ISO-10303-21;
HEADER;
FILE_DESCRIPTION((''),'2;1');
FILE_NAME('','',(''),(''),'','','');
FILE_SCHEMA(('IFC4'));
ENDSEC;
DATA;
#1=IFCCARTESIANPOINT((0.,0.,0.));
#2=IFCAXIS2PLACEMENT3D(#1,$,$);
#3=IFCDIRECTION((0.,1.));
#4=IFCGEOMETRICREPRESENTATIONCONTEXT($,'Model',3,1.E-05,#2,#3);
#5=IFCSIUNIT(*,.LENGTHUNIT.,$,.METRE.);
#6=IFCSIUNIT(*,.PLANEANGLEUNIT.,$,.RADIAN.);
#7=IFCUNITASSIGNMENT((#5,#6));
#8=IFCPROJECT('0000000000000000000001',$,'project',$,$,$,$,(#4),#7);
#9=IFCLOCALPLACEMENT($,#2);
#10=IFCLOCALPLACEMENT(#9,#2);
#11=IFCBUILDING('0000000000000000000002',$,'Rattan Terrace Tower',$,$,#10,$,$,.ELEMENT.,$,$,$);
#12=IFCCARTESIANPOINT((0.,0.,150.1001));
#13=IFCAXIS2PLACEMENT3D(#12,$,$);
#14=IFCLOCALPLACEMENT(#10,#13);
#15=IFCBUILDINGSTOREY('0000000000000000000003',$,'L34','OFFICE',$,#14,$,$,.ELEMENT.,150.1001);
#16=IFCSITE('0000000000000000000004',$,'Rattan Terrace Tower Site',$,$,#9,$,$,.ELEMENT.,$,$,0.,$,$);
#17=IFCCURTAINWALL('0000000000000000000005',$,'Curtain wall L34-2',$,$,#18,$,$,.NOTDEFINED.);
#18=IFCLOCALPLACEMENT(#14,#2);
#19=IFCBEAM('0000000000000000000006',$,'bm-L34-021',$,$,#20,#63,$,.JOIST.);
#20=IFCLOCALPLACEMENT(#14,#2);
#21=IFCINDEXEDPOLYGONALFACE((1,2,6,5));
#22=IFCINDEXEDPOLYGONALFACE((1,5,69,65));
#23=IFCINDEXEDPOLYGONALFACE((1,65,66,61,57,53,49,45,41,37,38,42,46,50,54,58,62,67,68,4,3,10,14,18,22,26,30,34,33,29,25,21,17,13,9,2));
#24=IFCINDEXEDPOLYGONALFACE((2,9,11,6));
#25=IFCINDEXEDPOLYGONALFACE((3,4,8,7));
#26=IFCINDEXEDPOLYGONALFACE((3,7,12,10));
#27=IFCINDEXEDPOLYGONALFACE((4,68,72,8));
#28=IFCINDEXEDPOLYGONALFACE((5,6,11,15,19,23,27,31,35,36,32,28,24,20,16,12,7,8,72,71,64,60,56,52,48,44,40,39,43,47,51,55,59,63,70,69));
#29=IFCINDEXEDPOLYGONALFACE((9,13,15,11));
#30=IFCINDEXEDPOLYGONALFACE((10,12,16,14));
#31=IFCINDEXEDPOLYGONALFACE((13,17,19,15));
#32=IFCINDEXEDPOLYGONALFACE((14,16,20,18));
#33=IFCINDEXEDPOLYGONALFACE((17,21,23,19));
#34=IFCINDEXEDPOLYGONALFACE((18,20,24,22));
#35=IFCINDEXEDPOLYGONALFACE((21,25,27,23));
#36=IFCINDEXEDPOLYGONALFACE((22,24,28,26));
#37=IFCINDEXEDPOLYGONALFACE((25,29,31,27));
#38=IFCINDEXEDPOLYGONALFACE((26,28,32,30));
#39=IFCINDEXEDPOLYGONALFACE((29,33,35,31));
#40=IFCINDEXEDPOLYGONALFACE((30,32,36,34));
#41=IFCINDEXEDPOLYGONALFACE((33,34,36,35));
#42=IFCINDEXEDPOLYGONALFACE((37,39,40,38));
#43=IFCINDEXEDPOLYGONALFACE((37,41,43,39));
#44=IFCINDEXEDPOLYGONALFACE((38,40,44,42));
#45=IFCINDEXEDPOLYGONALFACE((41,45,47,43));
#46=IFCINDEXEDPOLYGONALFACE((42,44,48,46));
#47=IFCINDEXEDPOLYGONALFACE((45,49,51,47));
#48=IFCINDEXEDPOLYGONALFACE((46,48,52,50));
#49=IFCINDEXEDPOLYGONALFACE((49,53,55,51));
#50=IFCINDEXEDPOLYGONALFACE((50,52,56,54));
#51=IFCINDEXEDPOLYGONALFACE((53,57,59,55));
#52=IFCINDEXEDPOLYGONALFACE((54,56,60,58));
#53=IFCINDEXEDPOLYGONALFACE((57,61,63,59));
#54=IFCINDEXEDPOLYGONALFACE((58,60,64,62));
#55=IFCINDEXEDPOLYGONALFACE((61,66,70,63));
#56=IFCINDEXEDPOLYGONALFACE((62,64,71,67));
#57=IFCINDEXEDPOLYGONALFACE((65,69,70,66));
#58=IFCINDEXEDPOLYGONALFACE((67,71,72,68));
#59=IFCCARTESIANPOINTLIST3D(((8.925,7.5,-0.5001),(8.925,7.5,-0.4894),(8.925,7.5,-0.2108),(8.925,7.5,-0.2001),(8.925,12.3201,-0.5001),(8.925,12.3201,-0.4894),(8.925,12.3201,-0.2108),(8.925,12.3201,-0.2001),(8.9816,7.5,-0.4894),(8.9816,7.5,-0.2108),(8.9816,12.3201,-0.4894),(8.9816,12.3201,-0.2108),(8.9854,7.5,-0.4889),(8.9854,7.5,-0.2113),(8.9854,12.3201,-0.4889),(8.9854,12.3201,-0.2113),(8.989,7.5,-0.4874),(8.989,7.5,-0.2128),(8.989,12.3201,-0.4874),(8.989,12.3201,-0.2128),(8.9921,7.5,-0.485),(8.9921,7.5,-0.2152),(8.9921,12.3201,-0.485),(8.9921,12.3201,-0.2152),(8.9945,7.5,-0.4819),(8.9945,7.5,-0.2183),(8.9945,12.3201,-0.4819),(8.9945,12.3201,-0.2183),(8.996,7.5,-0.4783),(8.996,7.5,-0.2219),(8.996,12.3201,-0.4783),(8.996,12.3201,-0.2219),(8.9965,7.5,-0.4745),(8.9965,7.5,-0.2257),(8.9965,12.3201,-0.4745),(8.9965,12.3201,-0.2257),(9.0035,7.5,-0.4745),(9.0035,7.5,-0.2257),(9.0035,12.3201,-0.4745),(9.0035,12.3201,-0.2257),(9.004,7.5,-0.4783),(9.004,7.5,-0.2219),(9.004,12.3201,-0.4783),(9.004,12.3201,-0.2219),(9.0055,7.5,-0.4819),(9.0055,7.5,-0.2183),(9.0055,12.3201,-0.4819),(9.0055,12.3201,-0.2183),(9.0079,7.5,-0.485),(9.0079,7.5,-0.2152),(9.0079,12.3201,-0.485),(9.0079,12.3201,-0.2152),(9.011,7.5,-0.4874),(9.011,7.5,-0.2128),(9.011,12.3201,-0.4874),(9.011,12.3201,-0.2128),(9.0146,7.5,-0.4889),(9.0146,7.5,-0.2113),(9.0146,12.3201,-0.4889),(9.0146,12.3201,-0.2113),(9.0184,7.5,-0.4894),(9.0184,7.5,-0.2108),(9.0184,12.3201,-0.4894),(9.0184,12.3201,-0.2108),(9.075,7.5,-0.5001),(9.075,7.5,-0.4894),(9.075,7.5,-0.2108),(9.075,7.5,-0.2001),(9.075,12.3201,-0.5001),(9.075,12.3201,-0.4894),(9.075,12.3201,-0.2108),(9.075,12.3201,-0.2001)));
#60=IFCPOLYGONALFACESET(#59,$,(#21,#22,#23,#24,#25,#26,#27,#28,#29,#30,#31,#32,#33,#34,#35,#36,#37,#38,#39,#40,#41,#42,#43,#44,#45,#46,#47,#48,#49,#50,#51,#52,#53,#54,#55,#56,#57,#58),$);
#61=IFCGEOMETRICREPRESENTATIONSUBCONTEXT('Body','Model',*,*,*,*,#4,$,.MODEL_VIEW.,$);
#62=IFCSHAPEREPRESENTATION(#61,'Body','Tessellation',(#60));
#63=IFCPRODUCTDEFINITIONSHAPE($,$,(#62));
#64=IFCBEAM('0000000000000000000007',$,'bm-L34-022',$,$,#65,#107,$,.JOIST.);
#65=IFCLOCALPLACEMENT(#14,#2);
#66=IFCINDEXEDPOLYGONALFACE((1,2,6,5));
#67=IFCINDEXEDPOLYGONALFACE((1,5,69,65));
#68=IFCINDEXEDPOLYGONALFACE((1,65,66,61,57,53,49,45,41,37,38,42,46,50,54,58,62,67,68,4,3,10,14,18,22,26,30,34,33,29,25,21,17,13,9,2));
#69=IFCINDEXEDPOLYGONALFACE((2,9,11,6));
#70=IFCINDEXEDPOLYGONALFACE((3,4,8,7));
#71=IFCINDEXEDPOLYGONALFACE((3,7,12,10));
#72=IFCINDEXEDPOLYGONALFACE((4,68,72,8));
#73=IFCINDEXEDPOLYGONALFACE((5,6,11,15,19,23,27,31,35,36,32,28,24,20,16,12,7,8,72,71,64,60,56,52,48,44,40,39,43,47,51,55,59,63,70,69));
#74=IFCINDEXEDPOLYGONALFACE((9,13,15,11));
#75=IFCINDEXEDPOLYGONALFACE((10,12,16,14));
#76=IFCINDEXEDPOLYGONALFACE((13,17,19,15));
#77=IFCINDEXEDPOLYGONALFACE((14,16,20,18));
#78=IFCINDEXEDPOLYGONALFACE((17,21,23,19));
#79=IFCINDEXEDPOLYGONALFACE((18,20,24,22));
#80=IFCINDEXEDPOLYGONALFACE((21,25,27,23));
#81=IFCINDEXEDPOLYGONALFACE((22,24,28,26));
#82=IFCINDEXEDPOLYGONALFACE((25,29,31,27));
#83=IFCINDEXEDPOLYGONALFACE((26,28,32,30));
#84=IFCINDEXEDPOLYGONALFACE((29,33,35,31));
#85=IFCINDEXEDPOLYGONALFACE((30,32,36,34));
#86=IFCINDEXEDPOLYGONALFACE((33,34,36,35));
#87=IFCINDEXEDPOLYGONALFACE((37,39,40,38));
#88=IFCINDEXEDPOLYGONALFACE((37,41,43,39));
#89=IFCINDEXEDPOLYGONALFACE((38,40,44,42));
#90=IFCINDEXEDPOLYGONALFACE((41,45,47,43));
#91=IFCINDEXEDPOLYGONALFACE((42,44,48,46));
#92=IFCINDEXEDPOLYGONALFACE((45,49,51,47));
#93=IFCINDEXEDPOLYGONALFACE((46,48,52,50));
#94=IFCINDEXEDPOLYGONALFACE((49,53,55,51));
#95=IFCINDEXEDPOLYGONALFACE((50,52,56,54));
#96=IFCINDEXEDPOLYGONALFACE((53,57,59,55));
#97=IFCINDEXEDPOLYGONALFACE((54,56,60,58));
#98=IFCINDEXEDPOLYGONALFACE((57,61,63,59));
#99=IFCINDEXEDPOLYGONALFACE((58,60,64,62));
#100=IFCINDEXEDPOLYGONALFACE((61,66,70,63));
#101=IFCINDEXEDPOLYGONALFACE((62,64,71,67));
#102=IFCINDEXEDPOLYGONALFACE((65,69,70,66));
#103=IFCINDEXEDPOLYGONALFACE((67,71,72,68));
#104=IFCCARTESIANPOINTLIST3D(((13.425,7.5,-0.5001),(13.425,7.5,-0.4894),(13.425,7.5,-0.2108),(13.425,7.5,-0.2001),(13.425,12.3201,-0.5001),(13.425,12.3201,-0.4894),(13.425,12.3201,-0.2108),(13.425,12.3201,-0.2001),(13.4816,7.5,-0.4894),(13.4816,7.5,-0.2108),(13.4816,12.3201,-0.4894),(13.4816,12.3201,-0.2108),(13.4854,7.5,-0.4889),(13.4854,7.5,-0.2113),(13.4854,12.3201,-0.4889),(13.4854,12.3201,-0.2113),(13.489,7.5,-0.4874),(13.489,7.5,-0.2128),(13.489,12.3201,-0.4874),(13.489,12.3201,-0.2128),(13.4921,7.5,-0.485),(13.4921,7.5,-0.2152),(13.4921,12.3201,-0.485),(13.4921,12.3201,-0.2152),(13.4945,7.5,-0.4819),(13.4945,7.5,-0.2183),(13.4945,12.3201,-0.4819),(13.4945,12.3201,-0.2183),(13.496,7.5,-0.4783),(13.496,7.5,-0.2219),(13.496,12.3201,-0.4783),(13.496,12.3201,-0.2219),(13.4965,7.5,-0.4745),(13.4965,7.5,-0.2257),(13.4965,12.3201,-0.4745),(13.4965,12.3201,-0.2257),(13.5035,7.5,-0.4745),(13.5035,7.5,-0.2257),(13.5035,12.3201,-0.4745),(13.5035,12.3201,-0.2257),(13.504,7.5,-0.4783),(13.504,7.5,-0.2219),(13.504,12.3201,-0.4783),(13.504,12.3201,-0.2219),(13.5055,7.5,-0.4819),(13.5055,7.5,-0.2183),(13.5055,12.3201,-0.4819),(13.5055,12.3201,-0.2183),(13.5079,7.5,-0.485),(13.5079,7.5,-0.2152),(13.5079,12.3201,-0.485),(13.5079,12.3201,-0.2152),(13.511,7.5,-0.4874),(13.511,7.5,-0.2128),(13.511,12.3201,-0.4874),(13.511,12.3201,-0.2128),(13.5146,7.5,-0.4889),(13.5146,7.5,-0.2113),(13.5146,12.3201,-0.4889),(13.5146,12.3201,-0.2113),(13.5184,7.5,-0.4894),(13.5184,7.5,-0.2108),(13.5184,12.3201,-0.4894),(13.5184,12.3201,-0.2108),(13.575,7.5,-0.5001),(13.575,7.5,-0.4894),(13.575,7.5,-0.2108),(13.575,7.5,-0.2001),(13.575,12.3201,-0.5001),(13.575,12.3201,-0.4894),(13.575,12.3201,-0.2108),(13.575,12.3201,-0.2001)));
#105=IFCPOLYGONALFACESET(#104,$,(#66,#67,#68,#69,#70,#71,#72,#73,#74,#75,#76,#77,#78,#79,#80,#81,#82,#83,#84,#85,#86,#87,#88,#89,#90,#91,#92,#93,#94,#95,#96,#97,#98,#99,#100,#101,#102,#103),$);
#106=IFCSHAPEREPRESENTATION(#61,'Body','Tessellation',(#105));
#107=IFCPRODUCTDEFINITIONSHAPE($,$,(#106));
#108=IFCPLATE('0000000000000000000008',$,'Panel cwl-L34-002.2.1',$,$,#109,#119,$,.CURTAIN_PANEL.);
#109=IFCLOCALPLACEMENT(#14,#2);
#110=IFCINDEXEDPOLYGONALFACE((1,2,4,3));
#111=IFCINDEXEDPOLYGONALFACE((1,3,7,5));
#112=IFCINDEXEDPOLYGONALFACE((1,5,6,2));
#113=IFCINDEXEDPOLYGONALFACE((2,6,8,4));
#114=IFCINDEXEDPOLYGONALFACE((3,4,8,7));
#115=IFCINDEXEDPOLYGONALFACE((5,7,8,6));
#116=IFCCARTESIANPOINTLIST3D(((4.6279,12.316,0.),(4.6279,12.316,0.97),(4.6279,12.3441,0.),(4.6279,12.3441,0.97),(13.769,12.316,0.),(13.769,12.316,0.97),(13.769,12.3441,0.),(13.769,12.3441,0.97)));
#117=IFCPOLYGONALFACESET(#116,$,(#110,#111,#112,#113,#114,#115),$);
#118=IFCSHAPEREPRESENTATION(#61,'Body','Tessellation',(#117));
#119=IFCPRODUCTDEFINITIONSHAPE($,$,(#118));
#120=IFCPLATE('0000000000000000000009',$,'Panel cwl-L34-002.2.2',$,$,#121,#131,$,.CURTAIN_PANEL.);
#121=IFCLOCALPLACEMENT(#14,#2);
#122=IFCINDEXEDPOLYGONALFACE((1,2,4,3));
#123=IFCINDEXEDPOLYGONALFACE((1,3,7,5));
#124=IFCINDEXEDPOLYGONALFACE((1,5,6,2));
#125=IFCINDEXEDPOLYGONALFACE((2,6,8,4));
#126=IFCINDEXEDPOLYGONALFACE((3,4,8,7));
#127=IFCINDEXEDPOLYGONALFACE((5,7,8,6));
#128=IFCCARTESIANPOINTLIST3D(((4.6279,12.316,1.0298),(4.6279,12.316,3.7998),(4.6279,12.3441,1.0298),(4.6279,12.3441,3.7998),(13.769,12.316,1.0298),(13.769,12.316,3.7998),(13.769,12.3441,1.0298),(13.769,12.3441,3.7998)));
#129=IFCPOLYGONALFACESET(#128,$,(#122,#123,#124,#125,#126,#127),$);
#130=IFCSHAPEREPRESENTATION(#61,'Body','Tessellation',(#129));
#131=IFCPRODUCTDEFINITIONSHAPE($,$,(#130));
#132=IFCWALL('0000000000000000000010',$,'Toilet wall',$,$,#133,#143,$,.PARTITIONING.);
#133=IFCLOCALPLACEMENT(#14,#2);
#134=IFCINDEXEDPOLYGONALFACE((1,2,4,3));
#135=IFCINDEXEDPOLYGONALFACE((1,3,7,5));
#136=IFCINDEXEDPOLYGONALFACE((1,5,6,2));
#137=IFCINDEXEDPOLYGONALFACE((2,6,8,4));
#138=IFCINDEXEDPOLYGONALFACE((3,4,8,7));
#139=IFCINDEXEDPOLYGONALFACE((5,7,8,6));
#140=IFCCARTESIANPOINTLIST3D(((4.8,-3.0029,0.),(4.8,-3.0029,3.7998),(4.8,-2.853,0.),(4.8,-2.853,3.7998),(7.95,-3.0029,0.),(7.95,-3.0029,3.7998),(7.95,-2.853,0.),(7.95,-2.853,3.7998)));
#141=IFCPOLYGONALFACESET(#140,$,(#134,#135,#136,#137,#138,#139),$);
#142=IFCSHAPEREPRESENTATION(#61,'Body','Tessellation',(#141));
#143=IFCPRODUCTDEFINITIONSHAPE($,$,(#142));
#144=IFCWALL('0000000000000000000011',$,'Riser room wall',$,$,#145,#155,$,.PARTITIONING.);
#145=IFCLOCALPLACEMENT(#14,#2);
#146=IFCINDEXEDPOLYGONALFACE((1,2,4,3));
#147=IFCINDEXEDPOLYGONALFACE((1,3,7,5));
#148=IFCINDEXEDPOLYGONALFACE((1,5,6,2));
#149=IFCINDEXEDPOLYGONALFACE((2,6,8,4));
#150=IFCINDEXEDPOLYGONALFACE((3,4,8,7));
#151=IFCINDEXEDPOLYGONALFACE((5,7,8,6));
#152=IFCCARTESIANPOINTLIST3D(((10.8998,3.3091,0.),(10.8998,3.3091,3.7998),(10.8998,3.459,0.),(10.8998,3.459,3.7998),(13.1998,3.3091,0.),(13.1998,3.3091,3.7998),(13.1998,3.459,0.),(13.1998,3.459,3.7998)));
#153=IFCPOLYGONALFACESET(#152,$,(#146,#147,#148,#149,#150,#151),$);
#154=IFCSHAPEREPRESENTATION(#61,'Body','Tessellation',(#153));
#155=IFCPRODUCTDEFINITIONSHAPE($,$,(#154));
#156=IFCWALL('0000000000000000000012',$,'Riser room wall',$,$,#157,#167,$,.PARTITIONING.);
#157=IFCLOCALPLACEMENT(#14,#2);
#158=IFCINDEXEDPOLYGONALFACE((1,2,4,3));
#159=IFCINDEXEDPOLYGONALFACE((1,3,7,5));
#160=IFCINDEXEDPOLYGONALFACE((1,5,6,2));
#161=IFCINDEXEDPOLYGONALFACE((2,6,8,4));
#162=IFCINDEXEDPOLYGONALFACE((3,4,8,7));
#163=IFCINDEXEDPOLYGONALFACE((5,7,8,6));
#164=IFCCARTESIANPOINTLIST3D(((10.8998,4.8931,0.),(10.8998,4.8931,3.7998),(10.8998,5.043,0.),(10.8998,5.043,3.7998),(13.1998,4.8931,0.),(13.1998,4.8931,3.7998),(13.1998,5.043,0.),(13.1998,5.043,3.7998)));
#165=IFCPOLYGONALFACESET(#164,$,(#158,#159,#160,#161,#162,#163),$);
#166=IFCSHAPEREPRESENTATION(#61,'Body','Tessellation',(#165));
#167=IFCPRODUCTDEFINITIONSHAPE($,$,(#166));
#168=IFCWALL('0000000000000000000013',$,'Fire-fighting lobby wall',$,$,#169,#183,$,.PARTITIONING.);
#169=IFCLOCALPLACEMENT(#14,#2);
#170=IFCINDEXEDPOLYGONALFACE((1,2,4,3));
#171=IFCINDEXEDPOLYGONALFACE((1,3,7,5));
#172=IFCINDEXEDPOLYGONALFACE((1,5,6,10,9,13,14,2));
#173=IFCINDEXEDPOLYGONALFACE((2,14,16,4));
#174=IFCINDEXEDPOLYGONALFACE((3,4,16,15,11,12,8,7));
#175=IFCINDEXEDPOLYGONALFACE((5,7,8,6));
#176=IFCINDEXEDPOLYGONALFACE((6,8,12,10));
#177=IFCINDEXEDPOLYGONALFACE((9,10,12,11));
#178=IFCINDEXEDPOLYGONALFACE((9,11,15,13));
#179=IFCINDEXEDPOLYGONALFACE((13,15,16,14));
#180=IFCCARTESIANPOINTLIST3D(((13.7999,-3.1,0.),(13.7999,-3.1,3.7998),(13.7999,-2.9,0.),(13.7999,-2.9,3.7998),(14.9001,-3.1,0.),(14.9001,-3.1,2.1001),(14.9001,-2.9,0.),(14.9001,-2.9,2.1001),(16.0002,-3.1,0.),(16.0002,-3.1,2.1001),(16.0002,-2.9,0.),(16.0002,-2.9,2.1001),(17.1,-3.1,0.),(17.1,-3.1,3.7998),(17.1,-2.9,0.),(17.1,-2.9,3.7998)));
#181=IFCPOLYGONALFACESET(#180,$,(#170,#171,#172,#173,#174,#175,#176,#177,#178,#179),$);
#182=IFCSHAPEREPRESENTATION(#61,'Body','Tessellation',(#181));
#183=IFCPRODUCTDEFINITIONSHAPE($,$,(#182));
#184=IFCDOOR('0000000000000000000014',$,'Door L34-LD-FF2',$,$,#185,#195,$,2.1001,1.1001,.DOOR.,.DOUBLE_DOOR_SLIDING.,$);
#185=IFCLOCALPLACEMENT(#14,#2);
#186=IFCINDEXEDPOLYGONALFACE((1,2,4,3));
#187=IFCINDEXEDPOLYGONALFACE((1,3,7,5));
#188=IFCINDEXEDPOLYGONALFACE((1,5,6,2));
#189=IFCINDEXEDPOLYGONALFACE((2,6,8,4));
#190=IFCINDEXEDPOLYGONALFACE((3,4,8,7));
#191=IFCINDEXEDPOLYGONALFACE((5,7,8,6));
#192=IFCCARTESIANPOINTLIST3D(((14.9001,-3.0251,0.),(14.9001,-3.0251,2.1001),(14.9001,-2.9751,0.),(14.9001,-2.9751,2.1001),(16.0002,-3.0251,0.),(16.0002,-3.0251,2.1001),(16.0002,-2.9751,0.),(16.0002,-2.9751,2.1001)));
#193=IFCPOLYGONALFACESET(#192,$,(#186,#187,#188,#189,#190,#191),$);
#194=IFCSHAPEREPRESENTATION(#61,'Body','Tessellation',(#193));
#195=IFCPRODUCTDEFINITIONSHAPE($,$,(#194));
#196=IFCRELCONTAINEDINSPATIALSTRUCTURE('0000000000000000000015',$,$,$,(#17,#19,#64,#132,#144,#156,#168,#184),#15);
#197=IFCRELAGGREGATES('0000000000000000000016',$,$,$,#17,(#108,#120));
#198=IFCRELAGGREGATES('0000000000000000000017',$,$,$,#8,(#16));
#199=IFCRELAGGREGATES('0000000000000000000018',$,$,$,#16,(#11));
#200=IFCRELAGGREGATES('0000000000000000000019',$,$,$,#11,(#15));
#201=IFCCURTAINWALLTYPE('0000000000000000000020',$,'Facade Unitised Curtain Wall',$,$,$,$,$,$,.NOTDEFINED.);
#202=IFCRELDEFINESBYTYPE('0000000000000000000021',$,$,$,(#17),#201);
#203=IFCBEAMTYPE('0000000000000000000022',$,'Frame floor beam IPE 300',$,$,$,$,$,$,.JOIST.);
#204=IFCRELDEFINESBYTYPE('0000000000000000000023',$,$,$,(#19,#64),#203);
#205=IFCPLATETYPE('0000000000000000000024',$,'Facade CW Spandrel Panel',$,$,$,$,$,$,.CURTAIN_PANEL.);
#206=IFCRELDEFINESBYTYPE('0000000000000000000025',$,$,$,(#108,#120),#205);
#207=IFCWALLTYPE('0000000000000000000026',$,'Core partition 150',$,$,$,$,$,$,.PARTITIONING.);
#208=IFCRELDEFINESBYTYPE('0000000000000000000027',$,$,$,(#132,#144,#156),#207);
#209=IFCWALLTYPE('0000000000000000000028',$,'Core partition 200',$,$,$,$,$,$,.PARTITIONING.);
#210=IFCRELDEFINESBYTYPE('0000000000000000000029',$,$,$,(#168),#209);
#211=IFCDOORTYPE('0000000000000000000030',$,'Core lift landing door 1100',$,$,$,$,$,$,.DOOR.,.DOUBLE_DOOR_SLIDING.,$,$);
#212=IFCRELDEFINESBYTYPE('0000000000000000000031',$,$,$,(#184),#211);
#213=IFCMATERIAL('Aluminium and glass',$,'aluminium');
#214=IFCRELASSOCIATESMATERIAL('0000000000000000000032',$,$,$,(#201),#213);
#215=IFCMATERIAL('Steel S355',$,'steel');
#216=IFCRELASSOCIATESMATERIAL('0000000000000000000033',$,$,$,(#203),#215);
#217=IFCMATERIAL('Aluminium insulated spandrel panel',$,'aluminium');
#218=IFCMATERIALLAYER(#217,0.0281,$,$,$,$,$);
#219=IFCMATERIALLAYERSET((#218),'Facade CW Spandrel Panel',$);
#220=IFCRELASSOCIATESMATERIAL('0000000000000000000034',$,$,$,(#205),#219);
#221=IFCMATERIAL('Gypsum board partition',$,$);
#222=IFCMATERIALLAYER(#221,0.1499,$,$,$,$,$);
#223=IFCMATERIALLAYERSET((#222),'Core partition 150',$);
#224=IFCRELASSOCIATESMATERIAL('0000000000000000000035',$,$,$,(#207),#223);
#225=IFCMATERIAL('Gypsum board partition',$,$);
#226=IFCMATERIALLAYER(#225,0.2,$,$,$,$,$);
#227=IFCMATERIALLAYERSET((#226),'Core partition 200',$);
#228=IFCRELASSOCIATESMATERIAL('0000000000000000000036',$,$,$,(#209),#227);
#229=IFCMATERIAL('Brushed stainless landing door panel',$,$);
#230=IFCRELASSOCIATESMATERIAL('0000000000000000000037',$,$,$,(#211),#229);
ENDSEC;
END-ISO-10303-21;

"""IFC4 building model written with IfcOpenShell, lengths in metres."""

from ifc_helpers import new_model, si_unit, direction, frame, frame_2d, origin, origin_2d, place, context, subcontext, project, spatial, rectangle, i_section, extrude, material, layer, layer_set, material_profile, profile_set, type_object, element, fill, aggregate, save


model = new_model("IFC4")

# Units and contexts
model_context = context("Model", 3, precision=1e-05, world=origin(), true_north=direction((0.0, 1.0)))
body_context = subcontext(model_context, "Body", "Model", "MODEL_VIEW")
ifc_project = project(units=[si_unit("LENGTHUNIT", "METRE"), si_unit("PLANEANGLEUNIT", "RADIAN")], contexts=[model_context])

# Site, building, storey
site_placement = place(None, origin())
site = spatial("IfcSite", under=ifc_project, at=site_placement, Name="Rattan Terrace Tower Site", CompositionType="ELEMENT", RefElevation=0.0)
building_placement = place(site_placement, origin())
building = spatial("IfcBuilding", under=site, at=building_placement, Name="Rattan Terrace Tower", CompositionType="ELEMENT")
storey_placement = place(building_placement, frame((0.0, 0.0, 150.1001)))
storey = spatial("IfcBuildingStorey", under=building, at=storey_placement, Name="L34", Description="OFFICE", CompositionType="ELEMENT", Elevation=150.1001)

# Curtain wall
ifc_material_1 = material(Name="Aluminium and glass", Category="aluminium")
curtain_wall_type = type_object("IfcCurtainWallType", Name="Facade Unitised Curtain Wall", PredefinedType="NOTDEFINED", material=ifc_material_1)
curtain_wall_placement = place(storey_placement, origin())
curtain_wall = element("IfcCurtainWall", 1, at=curtain_wall_placement, inside=storey, type_object=curtain_wall_type, Name="Curtain wall L34-2", PredefinedType="NOTDEFINED")

# Beams
ifc_material_2 = material(Name="Steel S355", Category="steel")
ifc_material_profile_1 = material_profile(ifc_material_2, i_section(OverallWidth=0.1499, OverallDepth=0.3, WebThickness=0.0071, FlangeThickness=0.0107, FilletRadius=0.0149, at=origin_2d()), Name="IPE 300")
ifc_profile_set_1 = profile_set([ifc_material_profile_1], Name="Steel S355")
beam_type_1 = type_object("IfcBeamType", Name="Frame floor beam IPE 300", PredefinedType="JOIST", material=ifc_profile_set_1)
for number, where, z_axis, x_axis, name in (
    (2, (9.0, 7.5, -0.3501), (0.0, 1.0, 0.0), (-1.0, 0.0, 0.0), "bm-L34-021"),
    (3, (13.5, 7.5, -0.3501), (0.0, 1.0, 0.0), (-1.0, 0.0, 0.0), "bm-L34-022"),
):
    element("IfcBeam", number, at=place(storey_placement, frame(where, z_axis=z_axis, x_axis=x_axis)), inside=storey, type_object=beam_type_1, Name=name, PredefinedType="JOIST", context=body_context, shape_type="SweptSolid", body=[
        extrude(i_section(OverallWidth=0.1499, OverallDepth=0.3, WebThickness=0.0071, FlangeThickness=0.0107, FilletRadius=0.0149, at=origin_2d()), origin(), (0.0, 0.0, 1.0), 4.8201),
    ])

# Plates
ifc_material_3 = material(Name="Aluminium insulated spandrel panel", Category="aluminium")
ifc_layer_1 = layer(ifc_material_3, 0.0281)
ifc_layer_set_1 = layer_set([ifc_layer_1], Name="Facade CW Spandrel Panel")
plate_type = type_object("IfcPlateType", Name="Facade CW Spandrel Panel", PredefinedType="CURTAIN_PANEL", material=ifc_layer_set_1)
plate_1_placement = place(storey_placement, frame((9.1985, 12.3301, 0.0), z_axis=(0.0, 0.0, 1.0), x_axis=(-1.0, 0.0, 0.0)))
plate_1 = element("IfcPlate", 4, at=plate_1_placement, type_object=plate_type, Name="Panel cwl-L34-002.2.1", PredefinedType="CURTAIN_PANEL", context=body_context, shape_type="SweptSolid", body=[
    extrude(rectangle(XDim=9.1411, YDim=0.0281, at=origin_2d()), origin(), (0.0, 0.0, 1.0), 0.97),
])
plate_2_placement = place(storey_placement, frame((9.1985, 12.3301, 1.0298), z_axis=(0.0, 0.0, 1.0), x_axis=(-1.0, 0.0, 0.0)))
plate_2 = element("IfcPlate", 5, at=plate_2_placement, type_object=plate_type, Name="Panel cwl-L34-002.2.2", PredefinedType="CURTAIN_PANEL", context=body_context, shape_type="SweptSolid", body=[
    extrude(rectangle(XDim=9.1411, YDim=0.0281, at=origin_2d()), origin(), (0.0, 0.0, 1.0), 2.77),
])
aggregate(curtain_wall, [plate_1, plate_2])

# Walls
ifc_material_4 = material(Name="Gypsum board partition")
ifc_layer_2 = layer(ifc_material_4, 0.1499)
ifc_layer_set_2 = layer_set([ifc_layer_2], Name="Core partition 150")
wall_type_1 = type_object("IfcWallType", Name="Core partition 150", PredefinedType="PARTITIONING", material=ifc_layer_set_2)
wall_1_placement = place(storey_placement, frame((4.8, -2.928, 0.0), z_axis=(0.0, 0.0, 1.0), x_axis=(1.0, 0.0, 0.0)))
element("IfcWall", 6, at=wall_1_placement, inside=storey, type_object=wall_type_1, Name="Toilet wall", PredefinedType="PARTITIONING", context=body_context, shape_type="SweptSolid", body=[
    extrude(rectangle(XDim=3.1499, YDim=0.1499, at=frame_2d((1.575, 0.0))), origin(), (0.0, 0.0, 1.0), 3.7998),
])
for number, where, z_axis, x_axis, name in (
    (7, (10.8999, 3.384, 0.0), (0.0, 0.0, 1.0), (1.0, 0.0, 0.0), "Riser room wall"),
    (8, (10.8999, 4.968, 0.0), (0.0, 0.0, 1.0), (1.0, 0.0, 0.0), "Riser room wall"),
):
    element("IfcWall", number, at=place(storey_placement, frame(where, z_axis=z_axis, x_axis=x_axis)), inside=storey, type_object=wall_type_1, Name=name, PredefinedType="PARTITIONING", context=body_context, shape_type="SweptSolid", body=[
        extrude(rectangle(XDim=2.3, YDim=0.1499, at=frame_2d((1.1499, 0.0))), origin(), (0.0, 0.0, 1.0), 3.7998),
    ])

# Wall, opening, door
ifc_material_5 = material(Name="Gypsum board partition")
ifc_layer_3 = layer(ifc_material_5, 0.2)
ifc_layer_set_3 = layer_set([ifc_layer_3], Name="Core partition 200")
wall_type_2 = type_object("IfcWallType", Name="Core partition 200", PredefinedType="PARTITIONING", material=ifc_layer_set_3)
wall_2_placement = place(storey_placement, frame((13.8, -3.0, 0.0), z_axis=(0.0, 0.0, 1.0), x_axis=(1.0, 0.0, 0.0)))
wall_2 = element("IfcWall", 9, at=wall_2_placement, inside=storey, type_object=wall_type_2, Name="Fire-fighting lobby wall", PredefinedType="PARTITIONING", context=body_context, shape_type="SweptSolid", body=[
    extrude(rectangle(XDim=3.3, YDim=0.2, at=frame_2d((1.6499, 0.0))), origin(), (0.0, 0.0, 1.0), 3.7998),
])
opening_1_placement = place(wall_2_placement, frame((1.1001, 0.0, 0.0)))
opening_1 = element("IfcOpeningElement", 10, at=opening_1_placement, cuts=wall_2, PredefinedType="OPENING", context=body_context, shape_type="SweptSolid", body=[
    extrude(rectangle(XDim=1.1001, YDim=2.1001, at=frame_2d((0.55, 1.05))), frame((0.0, 0.1106, 0.0), z_axis=(0.0, -1.0, 0.0), x_axis=(1.0, 0.0, 0.0)), (0.0, 0.0, 1.0), 0.2209),
])
ifc_material_6 = material(Name="Brushed stainless landing door panel")
door_type_1 = type_object("IfcDoorType", Name="Core lift landing door 1100", OperationType="DOUBLE_DOOR_SLIDING", PredefinedType="DOOR", material=ifc_material_6)
door_1_placement = place(opening_1_placement, origin())
door_1 = element("IfcDoor", 11, at=door_1_placement, inside=storey, type_object=door_type_1, Name="Door L34-LD-FF2", OperationType="DOUBLE_DOOR_SLIDING", OverallHeight=2.1001, OverallWidth=1.1001, PredefinedType="DOOR", context=body_context, shape_type="SweptSolid", body=[
    extrude(rectangle(XDim=1.1001, YDim=2.1001, at=frame_2d((0.55, 1.05))), frame((0.0, 0.0249, 0.0), z_axis=(0.0, -1.0, 0.0), x_axis=(1.0, 0.0, 0.0)), (0.0, 0.0, 1.0), 0.05),
])
fill(opening_1, door_1)

save(model, "model.ifc")
